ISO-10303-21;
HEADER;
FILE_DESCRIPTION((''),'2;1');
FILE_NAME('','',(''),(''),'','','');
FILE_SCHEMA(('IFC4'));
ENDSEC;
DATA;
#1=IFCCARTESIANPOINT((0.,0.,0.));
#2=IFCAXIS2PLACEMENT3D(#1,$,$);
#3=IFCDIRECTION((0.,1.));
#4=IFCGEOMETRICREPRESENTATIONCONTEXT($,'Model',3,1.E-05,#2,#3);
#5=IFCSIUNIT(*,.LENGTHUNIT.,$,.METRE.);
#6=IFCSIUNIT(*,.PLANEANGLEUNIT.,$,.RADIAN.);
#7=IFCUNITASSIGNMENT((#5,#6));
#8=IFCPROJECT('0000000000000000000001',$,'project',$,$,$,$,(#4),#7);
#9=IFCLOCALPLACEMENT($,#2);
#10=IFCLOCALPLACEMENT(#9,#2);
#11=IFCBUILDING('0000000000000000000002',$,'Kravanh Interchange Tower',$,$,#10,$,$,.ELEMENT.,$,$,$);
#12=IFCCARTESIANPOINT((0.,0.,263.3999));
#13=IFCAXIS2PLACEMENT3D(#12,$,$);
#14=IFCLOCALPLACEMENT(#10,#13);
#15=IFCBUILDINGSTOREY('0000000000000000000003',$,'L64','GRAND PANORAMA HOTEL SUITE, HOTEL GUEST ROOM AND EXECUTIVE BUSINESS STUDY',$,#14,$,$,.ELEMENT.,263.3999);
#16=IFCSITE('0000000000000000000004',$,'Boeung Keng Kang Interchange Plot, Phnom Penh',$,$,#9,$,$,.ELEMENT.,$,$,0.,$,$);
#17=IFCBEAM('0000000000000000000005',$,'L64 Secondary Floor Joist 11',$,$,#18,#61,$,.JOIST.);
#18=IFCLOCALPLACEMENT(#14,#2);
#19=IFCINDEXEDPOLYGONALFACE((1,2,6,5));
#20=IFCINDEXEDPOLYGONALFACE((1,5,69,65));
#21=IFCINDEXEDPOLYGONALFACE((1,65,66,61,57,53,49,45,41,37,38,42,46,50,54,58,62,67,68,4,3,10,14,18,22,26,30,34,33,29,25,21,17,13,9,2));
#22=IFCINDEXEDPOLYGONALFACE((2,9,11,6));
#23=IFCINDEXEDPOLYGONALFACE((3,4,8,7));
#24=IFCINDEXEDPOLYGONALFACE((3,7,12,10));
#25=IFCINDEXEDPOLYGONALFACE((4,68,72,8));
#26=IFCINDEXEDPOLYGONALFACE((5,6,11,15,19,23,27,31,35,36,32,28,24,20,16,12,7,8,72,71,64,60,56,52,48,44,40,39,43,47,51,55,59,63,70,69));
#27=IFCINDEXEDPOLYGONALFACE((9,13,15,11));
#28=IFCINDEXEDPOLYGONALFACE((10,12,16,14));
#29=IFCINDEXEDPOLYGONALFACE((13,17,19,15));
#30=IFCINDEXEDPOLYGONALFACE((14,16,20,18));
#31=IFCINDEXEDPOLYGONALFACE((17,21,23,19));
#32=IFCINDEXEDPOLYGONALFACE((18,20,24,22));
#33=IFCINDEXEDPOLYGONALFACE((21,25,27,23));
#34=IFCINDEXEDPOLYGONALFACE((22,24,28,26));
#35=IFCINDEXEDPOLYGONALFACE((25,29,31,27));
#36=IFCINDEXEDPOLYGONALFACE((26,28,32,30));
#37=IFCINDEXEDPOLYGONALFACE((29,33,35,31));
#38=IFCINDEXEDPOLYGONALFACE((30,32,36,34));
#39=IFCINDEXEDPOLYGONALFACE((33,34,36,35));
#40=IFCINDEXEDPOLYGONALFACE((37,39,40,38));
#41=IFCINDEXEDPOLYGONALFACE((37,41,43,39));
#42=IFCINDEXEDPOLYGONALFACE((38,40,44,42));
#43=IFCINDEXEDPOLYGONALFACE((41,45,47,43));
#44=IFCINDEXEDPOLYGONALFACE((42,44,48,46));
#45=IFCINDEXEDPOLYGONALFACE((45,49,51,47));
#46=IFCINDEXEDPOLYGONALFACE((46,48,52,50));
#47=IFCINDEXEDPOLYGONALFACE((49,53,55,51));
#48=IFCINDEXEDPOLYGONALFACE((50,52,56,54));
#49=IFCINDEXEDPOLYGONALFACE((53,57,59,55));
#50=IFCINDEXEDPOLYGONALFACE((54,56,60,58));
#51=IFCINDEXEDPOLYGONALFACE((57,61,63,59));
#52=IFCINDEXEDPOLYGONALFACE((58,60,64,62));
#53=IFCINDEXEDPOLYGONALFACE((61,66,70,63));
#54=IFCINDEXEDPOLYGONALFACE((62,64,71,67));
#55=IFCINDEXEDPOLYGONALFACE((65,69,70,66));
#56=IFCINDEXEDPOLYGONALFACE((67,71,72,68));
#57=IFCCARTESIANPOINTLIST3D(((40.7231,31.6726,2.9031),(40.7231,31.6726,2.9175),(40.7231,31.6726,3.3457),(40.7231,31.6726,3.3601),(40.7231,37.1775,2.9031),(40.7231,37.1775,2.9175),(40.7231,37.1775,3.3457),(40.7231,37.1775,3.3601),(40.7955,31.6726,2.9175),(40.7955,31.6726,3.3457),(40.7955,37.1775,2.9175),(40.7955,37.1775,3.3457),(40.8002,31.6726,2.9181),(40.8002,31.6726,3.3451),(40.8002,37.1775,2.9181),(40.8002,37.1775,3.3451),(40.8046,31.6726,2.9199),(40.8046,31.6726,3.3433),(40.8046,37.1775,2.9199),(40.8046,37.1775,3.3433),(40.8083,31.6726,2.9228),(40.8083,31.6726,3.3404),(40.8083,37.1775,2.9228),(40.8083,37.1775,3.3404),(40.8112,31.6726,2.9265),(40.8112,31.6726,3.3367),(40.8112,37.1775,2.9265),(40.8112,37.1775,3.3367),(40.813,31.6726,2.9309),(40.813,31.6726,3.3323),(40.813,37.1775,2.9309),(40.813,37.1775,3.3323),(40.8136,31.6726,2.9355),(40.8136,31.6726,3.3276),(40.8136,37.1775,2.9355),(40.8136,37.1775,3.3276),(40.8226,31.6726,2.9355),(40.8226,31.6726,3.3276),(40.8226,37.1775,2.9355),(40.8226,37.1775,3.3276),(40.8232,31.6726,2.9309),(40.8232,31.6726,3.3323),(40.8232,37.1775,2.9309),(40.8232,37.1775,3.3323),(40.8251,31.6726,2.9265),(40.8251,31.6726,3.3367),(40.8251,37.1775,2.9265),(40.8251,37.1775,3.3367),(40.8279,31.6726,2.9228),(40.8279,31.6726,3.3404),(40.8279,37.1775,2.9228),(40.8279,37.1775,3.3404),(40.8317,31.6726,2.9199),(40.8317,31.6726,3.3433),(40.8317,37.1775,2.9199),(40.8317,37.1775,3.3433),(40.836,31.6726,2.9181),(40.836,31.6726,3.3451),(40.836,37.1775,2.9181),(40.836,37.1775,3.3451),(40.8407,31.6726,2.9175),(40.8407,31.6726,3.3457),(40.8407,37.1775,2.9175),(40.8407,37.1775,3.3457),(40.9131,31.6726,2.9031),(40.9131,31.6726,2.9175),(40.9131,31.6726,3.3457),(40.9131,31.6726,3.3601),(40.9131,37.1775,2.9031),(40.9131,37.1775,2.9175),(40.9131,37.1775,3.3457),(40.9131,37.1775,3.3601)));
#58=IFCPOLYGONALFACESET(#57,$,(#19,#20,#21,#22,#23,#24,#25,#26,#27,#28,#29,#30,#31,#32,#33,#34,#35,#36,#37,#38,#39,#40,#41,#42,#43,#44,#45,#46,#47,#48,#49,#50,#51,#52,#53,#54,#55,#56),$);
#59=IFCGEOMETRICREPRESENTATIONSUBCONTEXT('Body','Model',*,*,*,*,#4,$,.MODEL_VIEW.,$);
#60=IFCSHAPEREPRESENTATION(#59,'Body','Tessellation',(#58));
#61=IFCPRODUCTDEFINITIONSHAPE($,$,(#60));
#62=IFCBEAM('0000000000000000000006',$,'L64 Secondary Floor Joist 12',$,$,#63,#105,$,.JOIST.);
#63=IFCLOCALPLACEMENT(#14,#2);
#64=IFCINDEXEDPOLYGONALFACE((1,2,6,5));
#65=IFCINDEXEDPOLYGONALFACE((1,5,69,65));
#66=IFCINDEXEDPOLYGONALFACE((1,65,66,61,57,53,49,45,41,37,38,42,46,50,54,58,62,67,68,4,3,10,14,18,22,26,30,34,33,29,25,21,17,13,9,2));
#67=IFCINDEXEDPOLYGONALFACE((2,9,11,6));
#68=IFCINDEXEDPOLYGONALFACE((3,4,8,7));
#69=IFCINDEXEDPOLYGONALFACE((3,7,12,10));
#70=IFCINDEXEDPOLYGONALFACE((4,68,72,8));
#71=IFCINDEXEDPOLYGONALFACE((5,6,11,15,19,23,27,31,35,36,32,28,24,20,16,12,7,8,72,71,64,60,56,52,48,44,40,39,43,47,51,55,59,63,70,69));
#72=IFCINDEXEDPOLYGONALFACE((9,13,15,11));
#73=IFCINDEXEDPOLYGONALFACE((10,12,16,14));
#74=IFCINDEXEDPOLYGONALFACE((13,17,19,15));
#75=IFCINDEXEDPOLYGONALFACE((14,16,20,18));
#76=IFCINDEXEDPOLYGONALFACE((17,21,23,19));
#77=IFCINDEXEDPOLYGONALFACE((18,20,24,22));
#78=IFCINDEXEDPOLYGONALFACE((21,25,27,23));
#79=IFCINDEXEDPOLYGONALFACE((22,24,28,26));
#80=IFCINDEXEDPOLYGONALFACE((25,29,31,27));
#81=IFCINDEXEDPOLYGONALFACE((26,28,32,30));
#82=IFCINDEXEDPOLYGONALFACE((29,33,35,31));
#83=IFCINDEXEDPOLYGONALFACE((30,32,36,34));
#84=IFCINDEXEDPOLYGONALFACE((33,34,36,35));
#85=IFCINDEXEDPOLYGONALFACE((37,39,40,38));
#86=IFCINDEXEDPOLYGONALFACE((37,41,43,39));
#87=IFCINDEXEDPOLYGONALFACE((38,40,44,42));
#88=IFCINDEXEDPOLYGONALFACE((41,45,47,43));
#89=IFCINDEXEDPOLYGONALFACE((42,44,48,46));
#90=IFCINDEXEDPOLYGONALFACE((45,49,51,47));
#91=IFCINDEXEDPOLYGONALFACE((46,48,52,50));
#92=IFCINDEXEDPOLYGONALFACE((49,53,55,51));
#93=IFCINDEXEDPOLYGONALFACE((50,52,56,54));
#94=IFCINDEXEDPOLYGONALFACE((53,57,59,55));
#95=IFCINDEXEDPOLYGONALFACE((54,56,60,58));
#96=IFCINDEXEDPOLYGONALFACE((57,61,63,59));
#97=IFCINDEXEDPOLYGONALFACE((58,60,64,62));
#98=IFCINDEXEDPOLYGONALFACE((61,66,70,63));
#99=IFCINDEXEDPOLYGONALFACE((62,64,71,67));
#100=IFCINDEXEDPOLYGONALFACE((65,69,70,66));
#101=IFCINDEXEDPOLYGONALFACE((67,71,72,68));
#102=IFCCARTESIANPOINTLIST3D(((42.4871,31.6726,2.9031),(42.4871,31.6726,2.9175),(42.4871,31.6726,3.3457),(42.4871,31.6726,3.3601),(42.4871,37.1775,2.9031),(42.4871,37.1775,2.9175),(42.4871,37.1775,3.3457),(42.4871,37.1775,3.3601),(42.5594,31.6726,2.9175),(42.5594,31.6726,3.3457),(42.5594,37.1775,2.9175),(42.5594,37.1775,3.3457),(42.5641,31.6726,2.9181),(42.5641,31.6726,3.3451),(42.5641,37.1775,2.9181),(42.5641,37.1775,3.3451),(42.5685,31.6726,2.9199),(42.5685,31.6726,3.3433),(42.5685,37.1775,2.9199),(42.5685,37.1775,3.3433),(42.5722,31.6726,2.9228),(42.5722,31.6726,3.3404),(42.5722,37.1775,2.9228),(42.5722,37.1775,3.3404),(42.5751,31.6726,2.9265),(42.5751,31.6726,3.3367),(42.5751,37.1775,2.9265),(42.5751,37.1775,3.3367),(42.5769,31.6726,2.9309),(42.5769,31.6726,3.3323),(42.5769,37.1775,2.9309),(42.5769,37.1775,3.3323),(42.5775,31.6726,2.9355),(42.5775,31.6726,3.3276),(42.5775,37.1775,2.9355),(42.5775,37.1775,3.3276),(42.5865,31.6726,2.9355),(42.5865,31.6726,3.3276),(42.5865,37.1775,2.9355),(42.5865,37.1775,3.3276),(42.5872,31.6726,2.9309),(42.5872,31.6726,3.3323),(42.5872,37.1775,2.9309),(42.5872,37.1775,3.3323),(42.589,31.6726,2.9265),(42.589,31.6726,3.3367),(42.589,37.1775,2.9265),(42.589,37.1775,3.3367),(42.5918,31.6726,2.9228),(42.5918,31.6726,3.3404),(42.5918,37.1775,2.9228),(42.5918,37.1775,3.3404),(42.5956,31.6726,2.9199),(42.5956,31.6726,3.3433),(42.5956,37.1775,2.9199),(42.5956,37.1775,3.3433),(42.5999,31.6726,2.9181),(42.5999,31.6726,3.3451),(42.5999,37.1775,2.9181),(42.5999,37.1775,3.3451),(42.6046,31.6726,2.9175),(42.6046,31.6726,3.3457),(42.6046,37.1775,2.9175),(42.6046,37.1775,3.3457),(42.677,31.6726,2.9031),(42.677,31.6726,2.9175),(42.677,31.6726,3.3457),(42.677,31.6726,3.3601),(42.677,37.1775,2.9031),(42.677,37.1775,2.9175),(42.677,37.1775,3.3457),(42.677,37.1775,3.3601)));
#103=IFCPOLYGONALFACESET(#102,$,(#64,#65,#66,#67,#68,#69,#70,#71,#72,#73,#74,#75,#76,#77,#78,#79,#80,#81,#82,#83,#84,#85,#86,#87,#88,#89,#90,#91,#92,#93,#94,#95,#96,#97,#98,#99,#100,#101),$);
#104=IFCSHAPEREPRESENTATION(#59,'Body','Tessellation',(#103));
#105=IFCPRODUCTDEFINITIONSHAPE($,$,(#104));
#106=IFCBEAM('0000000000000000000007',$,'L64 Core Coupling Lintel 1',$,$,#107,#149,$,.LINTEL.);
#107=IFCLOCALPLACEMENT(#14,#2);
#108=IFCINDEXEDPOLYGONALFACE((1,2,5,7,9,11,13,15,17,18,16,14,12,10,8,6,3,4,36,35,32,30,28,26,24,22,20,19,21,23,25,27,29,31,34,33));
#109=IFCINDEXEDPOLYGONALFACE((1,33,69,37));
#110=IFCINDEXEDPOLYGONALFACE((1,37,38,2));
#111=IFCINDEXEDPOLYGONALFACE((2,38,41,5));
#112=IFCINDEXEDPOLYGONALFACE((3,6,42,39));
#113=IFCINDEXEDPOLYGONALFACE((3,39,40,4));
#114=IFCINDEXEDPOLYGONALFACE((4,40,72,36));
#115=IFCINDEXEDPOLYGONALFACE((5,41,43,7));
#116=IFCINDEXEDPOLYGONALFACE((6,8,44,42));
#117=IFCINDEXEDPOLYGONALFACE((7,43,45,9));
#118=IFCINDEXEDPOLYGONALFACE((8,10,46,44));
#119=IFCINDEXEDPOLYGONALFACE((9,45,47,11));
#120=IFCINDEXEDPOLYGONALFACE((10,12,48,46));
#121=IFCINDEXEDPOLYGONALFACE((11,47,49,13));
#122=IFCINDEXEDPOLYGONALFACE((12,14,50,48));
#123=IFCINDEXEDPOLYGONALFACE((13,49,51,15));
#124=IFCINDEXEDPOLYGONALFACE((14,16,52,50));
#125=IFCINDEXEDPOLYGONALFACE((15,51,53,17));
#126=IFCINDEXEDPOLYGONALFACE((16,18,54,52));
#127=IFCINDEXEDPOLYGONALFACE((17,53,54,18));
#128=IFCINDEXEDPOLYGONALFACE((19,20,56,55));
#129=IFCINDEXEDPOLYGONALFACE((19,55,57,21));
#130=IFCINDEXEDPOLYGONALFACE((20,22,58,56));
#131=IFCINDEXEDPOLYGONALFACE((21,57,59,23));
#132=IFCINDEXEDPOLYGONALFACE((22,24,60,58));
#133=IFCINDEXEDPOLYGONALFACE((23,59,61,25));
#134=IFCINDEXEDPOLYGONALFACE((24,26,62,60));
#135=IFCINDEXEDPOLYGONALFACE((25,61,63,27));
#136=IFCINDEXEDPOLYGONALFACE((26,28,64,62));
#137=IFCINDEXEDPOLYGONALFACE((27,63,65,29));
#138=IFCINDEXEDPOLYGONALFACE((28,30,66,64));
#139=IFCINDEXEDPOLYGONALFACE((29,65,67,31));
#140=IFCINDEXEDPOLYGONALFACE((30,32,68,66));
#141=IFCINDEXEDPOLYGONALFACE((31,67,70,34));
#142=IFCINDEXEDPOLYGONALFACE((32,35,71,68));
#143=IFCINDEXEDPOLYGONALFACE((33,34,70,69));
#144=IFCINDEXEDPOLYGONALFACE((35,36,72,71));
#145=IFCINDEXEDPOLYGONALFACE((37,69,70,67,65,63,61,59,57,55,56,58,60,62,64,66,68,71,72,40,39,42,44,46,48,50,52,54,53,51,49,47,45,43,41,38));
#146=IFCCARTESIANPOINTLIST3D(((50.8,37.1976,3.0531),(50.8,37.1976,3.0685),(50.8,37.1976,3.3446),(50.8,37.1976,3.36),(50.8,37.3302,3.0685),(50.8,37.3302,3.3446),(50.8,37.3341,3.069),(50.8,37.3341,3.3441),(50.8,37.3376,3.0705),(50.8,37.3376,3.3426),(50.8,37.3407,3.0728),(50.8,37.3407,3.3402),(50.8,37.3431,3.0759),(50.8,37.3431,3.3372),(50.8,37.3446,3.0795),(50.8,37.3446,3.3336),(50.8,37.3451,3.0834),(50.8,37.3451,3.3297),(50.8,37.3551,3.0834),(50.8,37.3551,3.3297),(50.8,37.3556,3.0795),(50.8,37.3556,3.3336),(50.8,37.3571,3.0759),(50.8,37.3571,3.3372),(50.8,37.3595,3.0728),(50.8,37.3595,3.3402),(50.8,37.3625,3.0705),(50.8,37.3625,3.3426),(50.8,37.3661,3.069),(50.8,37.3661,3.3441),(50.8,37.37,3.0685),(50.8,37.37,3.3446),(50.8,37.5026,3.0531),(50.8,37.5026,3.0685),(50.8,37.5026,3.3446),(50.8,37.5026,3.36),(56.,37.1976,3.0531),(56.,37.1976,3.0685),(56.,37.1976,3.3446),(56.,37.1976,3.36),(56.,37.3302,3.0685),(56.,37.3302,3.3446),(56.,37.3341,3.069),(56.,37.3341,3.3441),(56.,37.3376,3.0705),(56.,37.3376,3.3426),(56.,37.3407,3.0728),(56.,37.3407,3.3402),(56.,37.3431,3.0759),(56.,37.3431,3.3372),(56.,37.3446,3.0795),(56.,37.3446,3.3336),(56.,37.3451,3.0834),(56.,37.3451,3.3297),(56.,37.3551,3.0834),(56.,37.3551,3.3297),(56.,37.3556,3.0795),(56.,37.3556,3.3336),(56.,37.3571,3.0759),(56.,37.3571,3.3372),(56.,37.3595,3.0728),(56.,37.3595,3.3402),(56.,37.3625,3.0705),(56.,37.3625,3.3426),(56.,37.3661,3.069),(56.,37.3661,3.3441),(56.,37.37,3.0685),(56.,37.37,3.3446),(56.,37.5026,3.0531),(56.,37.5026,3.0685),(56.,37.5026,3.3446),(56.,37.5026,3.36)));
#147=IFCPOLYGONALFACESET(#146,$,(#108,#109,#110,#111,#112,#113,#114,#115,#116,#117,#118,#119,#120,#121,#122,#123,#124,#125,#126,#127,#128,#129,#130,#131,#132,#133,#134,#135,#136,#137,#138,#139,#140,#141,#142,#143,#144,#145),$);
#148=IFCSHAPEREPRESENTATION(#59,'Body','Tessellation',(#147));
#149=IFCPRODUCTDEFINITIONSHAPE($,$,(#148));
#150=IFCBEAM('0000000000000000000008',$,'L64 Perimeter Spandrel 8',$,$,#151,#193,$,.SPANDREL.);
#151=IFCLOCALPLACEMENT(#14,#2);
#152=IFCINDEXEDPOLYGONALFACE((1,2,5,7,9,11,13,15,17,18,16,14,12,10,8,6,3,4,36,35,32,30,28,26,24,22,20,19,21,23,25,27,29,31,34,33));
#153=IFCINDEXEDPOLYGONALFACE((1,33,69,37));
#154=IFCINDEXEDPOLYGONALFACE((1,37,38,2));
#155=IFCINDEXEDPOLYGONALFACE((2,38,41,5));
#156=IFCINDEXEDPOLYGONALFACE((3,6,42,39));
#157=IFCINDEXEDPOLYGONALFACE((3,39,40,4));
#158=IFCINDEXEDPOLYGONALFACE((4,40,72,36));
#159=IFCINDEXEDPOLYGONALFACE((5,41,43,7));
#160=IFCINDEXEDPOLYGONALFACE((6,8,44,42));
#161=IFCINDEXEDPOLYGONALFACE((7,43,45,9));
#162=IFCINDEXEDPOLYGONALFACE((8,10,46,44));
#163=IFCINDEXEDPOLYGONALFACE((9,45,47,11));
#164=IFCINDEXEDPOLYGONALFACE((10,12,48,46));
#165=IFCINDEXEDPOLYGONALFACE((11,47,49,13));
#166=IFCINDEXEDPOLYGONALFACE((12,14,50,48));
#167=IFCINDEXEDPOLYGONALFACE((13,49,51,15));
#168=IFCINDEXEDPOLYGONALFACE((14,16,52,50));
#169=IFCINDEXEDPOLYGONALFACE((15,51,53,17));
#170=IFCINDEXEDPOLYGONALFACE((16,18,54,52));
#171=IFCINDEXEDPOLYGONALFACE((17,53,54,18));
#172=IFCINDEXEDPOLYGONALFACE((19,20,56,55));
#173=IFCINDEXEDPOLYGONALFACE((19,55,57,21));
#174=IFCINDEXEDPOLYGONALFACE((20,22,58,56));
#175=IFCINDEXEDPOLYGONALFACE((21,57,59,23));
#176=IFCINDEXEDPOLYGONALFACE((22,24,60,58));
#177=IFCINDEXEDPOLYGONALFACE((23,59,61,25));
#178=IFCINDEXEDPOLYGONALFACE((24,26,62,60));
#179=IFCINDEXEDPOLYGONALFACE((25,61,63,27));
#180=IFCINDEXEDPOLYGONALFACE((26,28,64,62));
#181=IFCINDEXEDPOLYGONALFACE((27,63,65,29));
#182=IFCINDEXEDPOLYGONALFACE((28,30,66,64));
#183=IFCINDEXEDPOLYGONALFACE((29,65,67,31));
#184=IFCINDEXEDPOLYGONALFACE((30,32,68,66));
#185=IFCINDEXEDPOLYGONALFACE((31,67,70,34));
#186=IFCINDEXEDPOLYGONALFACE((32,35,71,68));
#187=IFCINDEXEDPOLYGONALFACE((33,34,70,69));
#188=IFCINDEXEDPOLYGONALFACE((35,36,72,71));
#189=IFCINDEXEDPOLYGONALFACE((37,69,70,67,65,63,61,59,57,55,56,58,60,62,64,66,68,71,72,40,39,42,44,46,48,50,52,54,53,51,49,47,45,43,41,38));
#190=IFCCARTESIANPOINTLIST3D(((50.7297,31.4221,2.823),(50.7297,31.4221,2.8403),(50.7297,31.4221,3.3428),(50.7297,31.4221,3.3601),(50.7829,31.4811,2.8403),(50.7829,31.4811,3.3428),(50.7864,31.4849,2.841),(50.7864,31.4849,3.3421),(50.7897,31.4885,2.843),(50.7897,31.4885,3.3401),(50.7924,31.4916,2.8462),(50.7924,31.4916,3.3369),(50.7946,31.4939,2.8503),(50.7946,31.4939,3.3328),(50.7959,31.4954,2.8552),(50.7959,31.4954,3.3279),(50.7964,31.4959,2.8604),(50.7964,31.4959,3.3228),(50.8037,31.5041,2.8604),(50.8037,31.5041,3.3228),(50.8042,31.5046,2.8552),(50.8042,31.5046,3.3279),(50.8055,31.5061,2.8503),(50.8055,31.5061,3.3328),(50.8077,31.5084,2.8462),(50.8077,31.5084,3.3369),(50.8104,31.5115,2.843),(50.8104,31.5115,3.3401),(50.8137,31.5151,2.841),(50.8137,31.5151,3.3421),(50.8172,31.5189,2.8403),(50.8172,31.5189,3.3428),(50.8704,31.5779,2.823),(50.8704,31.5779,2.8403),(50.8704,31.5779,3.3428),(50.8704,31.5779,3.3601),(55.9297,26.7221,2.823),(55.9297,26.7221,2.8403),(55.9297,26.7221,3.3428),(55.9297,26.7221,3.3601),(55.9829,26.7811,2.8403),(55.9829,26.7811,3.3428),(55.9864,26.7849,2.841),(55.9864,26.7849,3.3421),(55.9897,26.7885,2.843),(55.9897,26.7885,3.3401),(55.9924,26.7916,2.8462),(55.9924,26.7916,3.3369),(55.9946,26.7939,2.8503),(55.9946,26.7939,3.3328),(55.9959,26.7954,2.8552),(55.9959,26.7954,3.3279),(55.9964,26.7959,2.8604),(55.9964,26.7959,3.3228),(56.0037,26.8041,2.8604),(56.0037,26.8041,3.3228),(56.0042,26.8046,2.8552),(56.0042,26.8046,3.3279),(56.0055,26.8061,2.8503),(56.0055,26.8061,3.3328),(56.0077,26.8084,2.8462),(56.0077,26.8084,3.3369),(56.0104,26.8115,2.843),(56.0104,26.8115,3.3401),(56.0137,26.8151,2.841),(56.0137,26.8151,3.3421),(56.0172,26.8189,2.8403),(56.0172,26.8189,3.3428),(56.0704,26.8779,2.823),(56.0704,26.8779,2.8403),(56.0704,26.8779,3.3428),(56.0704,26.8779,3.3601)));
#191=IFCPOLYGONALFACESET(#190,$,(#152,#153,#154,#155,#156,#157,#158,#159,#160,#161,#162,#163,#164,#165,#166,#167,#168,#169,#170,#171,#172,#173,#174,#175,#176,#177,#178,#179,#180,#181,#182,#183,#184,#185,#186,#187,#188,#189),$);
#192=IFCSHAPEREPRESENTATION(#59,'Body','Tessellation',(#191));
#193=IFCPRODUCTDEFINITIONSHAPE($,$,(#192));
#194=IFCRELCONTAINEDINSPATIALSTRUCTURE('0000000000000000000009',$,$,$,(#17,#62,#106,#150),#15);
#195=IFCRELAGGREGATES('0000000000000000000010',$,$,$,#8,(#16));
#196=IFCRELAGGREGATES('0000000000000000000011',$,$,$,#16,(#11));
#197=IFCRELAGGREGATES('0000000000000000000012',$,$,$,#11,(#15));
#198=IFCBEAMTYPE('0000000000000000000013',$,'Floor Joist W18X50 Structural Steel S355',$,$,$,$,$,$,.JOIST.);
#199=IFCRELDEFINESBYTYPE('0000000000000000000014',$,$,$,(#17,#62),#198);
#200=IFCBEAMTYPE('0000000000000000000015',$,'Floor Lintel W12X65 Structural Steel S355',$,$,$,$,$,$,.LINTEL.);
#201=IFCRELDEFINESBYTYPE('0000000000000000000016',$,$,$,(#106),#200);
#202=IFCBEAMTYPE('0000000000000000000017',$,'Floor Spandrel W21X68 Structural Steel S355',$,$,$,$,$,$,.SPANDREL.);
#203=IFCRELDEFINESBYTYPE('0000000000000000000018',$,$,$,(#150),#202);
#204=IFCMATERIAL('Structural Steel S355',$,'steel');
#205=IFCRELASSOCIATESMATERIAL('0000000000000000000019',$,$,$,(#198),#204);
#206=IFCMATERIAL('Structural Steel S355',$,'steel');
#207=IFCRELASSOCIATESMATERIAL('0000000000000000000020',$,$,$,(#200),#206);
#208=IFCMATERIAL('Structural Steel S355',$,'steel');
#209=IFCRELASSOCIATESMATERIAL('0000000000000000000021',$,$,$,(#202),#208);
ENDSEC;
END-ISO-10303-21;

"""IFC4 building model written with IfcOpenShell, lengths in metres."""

from ifc_helpers import new_model, si_unit, direction, frame, origin, origin_2d, place, context, subcontext, project, spatial, i_section, extrude, material, material_profile, profile_set, type_object, element, save


model = new_model("IFC4")

# Units and contexts
model_context = context("Model", 3, precision=1e-05, world=origin(), true_north=direction((0.0, 1.0)))
body_context = subcontext(model_context, "Body", "Model", "MODEL_VIEW")
ifc_project = project(units=[si_unit("LENGTHUNIT", "METRE"), si_unit("PLANEANGLEUNIT", "RADIAN")], contexts=[model_context])

# Site, building, storey
site_placement = place(None, origin())
site = spatial("IfcSite", under=ifc_project, at=site_placement, Name="Boeung Keng Kang Interchange Plot, Phnom Penh", CompositionType="ELEMENT", RefElevation=0.0)
building_placement = place(site_placement, origin())
building = spatial("IfcBuilding", under=site, at=building_placement, Name="Kravanh Interchange Tower", CompositionType="ELEMENT")
storey_placement = place(building_placement, frame((0.0, 0.0, 263.3999)))
storey = spatial("IfcBuildingStorey", under=building, at=storey_placement, Name="L64", Description="GRAND PANORAMA HOTEL SUITE, HOTEL GUEST ROOM AND EXECUTIVE BUSINESS STUDY", CompositionType="ELEMENT", Elevation=263.3999)

# Beams
ifc_material_1 = material(Name="Structural Steel S355", Category="steel")
ifc_material_profile_1 = material_profile(ifc_material_1, i_section(OverallWidth=0.1899, OverallDepth=0.457, WebThickness=0.009, FlangeThickness=0.0144, FilletRadius=0.0181, at=origin_2d()), Name="W18X50")
ifc_profile_set_1 = profile_set([ifc_material_profile_1], Name="Structural Steel S355")
beam_type_1 = type_object("IfcBeamType", Name="Floor Joist W18X50 Structural Steel S355", PredefinedType="JOIST", material=ifc_profile_set_1)
for number, where, z_axis, x_axis, name in (
    (1, (40.8181, 31.6726, 3.1316), (0.0, 1.0, 0.0), (-1.0, 0.0, 0.0), "L64 Secondary Floor Joist 11"),
    (2, (42.582, 31.6726, 3.1316), (0.0, 1.0, 0.0), (-1.0, 0.0, 0.0), "L64 Secondary Floor Joist 12"),
):
    element("IfcBeam", number, at=place(storey_placement, frame(where, z_axis=z_axis, x_axis=x_axis)), inside=storey, type_object=beam_type_1, Name=name, PredefinedType="JOIST", context=body_context, shape_type="SweptSolid", body=[
        extrude(i_section(OverallWidth=0.1899, OverallDepth=0.457, WebThickness=0.009, FlangeThickness=0.0144, FilletRadius=0.0181, at=origin_2d()), origin(), (0.0, 0.0, 1.0), 5.5049),
    ])
ifc_material_2 = material(Name="Structural Steel S355", Category="steel")
ifc_material_profile_2 = material_profile(ifc_material_2, i_section(OverallWidth=0.3049, OverallDepth=0.3069, WebThickness=0.01, FlangeThickness=0.0154, FilletRadius=0.0149, at=origin_2d()), Name="W12X65")
ifc_profile_set_2 = profile_set([ifc_material_profile_2], Name="Structural Steel S355")
beam_type_2 = type_object("IfcBeamType", Name="Floor Lintel W12X65 Structural Steel S355", PredefinedType="LINTEL", material=ifc_profile_set_2)
beam_1_placement = place(storey_placement, frame((50.8, 37.3501, 3.2065), z_axis=(1.0, 0.0, 0.0), x_axis=(0.0, 1.0, 0.0)))
element("IfcBeam", 3, at=beam_1_placement, inside=storey, type_object=beam_type_2, Name="L64 Core Coupling Lintel 1", PredefinedType="LINTEL", context=body_context, shape_type="SweptSolid", body=[
    extrude(i_section(OverallWidth=0.3049, OverallDepth=0.3069, WebThickness=0.01, FlangeThickness=0.0154, FilletRadius=0.0149, at=origin_2d()), origin(), (0.0, 0.0, 1.0), 5.2),
])
ifc_material_3 = material(Name="Structural Steel S355", Category="steel")
ifc_material_profile_3 = material_profile(ifc_material_3, i_section(OverallWidth=0.21, OverallDepth=0.5371, WebThickness=0.011, FlangeThickness=0.0173, FilletRadius=0.02, at=origin_2d()), Name="W21X68")
ifc_profile_set_3 = profile_set([ifc_material_profile_3], Name="Structural Steel S355")
beam_type_3 = type_object("IfcBeamType", Name="Floor Spandrel W21X68 Structural Steel S355", PredefinedType="SPANDREL", material=ifc_profile_set_3)
beam_2_placement = place(storey_placement, frame((50.8, 31.5, 3.0916), z_axis=(0.741874, -0.670539, 0.0), x_axis=(0.670539, 0.741874, 0.0)))
element("IfcBeam", 4, at=beam_2_placement, inside=storey, type_object=beam_type_3, Name="L64 Perimeter Spandrel 8", PredefinedType="SPANDREL", context=body_context, shape_type="SweptSolid", body=[
    extrude(i_section(OverallWidth=0.21, OverallDepth=0.5371, WebThickness=0.011, FlangeThickness=0.0173, FilletRadius=0.02, at=origin_2d()), origin(), (0.0, 0.0, 1.0), 7.0093),
])

save(model, "model.ifc")
